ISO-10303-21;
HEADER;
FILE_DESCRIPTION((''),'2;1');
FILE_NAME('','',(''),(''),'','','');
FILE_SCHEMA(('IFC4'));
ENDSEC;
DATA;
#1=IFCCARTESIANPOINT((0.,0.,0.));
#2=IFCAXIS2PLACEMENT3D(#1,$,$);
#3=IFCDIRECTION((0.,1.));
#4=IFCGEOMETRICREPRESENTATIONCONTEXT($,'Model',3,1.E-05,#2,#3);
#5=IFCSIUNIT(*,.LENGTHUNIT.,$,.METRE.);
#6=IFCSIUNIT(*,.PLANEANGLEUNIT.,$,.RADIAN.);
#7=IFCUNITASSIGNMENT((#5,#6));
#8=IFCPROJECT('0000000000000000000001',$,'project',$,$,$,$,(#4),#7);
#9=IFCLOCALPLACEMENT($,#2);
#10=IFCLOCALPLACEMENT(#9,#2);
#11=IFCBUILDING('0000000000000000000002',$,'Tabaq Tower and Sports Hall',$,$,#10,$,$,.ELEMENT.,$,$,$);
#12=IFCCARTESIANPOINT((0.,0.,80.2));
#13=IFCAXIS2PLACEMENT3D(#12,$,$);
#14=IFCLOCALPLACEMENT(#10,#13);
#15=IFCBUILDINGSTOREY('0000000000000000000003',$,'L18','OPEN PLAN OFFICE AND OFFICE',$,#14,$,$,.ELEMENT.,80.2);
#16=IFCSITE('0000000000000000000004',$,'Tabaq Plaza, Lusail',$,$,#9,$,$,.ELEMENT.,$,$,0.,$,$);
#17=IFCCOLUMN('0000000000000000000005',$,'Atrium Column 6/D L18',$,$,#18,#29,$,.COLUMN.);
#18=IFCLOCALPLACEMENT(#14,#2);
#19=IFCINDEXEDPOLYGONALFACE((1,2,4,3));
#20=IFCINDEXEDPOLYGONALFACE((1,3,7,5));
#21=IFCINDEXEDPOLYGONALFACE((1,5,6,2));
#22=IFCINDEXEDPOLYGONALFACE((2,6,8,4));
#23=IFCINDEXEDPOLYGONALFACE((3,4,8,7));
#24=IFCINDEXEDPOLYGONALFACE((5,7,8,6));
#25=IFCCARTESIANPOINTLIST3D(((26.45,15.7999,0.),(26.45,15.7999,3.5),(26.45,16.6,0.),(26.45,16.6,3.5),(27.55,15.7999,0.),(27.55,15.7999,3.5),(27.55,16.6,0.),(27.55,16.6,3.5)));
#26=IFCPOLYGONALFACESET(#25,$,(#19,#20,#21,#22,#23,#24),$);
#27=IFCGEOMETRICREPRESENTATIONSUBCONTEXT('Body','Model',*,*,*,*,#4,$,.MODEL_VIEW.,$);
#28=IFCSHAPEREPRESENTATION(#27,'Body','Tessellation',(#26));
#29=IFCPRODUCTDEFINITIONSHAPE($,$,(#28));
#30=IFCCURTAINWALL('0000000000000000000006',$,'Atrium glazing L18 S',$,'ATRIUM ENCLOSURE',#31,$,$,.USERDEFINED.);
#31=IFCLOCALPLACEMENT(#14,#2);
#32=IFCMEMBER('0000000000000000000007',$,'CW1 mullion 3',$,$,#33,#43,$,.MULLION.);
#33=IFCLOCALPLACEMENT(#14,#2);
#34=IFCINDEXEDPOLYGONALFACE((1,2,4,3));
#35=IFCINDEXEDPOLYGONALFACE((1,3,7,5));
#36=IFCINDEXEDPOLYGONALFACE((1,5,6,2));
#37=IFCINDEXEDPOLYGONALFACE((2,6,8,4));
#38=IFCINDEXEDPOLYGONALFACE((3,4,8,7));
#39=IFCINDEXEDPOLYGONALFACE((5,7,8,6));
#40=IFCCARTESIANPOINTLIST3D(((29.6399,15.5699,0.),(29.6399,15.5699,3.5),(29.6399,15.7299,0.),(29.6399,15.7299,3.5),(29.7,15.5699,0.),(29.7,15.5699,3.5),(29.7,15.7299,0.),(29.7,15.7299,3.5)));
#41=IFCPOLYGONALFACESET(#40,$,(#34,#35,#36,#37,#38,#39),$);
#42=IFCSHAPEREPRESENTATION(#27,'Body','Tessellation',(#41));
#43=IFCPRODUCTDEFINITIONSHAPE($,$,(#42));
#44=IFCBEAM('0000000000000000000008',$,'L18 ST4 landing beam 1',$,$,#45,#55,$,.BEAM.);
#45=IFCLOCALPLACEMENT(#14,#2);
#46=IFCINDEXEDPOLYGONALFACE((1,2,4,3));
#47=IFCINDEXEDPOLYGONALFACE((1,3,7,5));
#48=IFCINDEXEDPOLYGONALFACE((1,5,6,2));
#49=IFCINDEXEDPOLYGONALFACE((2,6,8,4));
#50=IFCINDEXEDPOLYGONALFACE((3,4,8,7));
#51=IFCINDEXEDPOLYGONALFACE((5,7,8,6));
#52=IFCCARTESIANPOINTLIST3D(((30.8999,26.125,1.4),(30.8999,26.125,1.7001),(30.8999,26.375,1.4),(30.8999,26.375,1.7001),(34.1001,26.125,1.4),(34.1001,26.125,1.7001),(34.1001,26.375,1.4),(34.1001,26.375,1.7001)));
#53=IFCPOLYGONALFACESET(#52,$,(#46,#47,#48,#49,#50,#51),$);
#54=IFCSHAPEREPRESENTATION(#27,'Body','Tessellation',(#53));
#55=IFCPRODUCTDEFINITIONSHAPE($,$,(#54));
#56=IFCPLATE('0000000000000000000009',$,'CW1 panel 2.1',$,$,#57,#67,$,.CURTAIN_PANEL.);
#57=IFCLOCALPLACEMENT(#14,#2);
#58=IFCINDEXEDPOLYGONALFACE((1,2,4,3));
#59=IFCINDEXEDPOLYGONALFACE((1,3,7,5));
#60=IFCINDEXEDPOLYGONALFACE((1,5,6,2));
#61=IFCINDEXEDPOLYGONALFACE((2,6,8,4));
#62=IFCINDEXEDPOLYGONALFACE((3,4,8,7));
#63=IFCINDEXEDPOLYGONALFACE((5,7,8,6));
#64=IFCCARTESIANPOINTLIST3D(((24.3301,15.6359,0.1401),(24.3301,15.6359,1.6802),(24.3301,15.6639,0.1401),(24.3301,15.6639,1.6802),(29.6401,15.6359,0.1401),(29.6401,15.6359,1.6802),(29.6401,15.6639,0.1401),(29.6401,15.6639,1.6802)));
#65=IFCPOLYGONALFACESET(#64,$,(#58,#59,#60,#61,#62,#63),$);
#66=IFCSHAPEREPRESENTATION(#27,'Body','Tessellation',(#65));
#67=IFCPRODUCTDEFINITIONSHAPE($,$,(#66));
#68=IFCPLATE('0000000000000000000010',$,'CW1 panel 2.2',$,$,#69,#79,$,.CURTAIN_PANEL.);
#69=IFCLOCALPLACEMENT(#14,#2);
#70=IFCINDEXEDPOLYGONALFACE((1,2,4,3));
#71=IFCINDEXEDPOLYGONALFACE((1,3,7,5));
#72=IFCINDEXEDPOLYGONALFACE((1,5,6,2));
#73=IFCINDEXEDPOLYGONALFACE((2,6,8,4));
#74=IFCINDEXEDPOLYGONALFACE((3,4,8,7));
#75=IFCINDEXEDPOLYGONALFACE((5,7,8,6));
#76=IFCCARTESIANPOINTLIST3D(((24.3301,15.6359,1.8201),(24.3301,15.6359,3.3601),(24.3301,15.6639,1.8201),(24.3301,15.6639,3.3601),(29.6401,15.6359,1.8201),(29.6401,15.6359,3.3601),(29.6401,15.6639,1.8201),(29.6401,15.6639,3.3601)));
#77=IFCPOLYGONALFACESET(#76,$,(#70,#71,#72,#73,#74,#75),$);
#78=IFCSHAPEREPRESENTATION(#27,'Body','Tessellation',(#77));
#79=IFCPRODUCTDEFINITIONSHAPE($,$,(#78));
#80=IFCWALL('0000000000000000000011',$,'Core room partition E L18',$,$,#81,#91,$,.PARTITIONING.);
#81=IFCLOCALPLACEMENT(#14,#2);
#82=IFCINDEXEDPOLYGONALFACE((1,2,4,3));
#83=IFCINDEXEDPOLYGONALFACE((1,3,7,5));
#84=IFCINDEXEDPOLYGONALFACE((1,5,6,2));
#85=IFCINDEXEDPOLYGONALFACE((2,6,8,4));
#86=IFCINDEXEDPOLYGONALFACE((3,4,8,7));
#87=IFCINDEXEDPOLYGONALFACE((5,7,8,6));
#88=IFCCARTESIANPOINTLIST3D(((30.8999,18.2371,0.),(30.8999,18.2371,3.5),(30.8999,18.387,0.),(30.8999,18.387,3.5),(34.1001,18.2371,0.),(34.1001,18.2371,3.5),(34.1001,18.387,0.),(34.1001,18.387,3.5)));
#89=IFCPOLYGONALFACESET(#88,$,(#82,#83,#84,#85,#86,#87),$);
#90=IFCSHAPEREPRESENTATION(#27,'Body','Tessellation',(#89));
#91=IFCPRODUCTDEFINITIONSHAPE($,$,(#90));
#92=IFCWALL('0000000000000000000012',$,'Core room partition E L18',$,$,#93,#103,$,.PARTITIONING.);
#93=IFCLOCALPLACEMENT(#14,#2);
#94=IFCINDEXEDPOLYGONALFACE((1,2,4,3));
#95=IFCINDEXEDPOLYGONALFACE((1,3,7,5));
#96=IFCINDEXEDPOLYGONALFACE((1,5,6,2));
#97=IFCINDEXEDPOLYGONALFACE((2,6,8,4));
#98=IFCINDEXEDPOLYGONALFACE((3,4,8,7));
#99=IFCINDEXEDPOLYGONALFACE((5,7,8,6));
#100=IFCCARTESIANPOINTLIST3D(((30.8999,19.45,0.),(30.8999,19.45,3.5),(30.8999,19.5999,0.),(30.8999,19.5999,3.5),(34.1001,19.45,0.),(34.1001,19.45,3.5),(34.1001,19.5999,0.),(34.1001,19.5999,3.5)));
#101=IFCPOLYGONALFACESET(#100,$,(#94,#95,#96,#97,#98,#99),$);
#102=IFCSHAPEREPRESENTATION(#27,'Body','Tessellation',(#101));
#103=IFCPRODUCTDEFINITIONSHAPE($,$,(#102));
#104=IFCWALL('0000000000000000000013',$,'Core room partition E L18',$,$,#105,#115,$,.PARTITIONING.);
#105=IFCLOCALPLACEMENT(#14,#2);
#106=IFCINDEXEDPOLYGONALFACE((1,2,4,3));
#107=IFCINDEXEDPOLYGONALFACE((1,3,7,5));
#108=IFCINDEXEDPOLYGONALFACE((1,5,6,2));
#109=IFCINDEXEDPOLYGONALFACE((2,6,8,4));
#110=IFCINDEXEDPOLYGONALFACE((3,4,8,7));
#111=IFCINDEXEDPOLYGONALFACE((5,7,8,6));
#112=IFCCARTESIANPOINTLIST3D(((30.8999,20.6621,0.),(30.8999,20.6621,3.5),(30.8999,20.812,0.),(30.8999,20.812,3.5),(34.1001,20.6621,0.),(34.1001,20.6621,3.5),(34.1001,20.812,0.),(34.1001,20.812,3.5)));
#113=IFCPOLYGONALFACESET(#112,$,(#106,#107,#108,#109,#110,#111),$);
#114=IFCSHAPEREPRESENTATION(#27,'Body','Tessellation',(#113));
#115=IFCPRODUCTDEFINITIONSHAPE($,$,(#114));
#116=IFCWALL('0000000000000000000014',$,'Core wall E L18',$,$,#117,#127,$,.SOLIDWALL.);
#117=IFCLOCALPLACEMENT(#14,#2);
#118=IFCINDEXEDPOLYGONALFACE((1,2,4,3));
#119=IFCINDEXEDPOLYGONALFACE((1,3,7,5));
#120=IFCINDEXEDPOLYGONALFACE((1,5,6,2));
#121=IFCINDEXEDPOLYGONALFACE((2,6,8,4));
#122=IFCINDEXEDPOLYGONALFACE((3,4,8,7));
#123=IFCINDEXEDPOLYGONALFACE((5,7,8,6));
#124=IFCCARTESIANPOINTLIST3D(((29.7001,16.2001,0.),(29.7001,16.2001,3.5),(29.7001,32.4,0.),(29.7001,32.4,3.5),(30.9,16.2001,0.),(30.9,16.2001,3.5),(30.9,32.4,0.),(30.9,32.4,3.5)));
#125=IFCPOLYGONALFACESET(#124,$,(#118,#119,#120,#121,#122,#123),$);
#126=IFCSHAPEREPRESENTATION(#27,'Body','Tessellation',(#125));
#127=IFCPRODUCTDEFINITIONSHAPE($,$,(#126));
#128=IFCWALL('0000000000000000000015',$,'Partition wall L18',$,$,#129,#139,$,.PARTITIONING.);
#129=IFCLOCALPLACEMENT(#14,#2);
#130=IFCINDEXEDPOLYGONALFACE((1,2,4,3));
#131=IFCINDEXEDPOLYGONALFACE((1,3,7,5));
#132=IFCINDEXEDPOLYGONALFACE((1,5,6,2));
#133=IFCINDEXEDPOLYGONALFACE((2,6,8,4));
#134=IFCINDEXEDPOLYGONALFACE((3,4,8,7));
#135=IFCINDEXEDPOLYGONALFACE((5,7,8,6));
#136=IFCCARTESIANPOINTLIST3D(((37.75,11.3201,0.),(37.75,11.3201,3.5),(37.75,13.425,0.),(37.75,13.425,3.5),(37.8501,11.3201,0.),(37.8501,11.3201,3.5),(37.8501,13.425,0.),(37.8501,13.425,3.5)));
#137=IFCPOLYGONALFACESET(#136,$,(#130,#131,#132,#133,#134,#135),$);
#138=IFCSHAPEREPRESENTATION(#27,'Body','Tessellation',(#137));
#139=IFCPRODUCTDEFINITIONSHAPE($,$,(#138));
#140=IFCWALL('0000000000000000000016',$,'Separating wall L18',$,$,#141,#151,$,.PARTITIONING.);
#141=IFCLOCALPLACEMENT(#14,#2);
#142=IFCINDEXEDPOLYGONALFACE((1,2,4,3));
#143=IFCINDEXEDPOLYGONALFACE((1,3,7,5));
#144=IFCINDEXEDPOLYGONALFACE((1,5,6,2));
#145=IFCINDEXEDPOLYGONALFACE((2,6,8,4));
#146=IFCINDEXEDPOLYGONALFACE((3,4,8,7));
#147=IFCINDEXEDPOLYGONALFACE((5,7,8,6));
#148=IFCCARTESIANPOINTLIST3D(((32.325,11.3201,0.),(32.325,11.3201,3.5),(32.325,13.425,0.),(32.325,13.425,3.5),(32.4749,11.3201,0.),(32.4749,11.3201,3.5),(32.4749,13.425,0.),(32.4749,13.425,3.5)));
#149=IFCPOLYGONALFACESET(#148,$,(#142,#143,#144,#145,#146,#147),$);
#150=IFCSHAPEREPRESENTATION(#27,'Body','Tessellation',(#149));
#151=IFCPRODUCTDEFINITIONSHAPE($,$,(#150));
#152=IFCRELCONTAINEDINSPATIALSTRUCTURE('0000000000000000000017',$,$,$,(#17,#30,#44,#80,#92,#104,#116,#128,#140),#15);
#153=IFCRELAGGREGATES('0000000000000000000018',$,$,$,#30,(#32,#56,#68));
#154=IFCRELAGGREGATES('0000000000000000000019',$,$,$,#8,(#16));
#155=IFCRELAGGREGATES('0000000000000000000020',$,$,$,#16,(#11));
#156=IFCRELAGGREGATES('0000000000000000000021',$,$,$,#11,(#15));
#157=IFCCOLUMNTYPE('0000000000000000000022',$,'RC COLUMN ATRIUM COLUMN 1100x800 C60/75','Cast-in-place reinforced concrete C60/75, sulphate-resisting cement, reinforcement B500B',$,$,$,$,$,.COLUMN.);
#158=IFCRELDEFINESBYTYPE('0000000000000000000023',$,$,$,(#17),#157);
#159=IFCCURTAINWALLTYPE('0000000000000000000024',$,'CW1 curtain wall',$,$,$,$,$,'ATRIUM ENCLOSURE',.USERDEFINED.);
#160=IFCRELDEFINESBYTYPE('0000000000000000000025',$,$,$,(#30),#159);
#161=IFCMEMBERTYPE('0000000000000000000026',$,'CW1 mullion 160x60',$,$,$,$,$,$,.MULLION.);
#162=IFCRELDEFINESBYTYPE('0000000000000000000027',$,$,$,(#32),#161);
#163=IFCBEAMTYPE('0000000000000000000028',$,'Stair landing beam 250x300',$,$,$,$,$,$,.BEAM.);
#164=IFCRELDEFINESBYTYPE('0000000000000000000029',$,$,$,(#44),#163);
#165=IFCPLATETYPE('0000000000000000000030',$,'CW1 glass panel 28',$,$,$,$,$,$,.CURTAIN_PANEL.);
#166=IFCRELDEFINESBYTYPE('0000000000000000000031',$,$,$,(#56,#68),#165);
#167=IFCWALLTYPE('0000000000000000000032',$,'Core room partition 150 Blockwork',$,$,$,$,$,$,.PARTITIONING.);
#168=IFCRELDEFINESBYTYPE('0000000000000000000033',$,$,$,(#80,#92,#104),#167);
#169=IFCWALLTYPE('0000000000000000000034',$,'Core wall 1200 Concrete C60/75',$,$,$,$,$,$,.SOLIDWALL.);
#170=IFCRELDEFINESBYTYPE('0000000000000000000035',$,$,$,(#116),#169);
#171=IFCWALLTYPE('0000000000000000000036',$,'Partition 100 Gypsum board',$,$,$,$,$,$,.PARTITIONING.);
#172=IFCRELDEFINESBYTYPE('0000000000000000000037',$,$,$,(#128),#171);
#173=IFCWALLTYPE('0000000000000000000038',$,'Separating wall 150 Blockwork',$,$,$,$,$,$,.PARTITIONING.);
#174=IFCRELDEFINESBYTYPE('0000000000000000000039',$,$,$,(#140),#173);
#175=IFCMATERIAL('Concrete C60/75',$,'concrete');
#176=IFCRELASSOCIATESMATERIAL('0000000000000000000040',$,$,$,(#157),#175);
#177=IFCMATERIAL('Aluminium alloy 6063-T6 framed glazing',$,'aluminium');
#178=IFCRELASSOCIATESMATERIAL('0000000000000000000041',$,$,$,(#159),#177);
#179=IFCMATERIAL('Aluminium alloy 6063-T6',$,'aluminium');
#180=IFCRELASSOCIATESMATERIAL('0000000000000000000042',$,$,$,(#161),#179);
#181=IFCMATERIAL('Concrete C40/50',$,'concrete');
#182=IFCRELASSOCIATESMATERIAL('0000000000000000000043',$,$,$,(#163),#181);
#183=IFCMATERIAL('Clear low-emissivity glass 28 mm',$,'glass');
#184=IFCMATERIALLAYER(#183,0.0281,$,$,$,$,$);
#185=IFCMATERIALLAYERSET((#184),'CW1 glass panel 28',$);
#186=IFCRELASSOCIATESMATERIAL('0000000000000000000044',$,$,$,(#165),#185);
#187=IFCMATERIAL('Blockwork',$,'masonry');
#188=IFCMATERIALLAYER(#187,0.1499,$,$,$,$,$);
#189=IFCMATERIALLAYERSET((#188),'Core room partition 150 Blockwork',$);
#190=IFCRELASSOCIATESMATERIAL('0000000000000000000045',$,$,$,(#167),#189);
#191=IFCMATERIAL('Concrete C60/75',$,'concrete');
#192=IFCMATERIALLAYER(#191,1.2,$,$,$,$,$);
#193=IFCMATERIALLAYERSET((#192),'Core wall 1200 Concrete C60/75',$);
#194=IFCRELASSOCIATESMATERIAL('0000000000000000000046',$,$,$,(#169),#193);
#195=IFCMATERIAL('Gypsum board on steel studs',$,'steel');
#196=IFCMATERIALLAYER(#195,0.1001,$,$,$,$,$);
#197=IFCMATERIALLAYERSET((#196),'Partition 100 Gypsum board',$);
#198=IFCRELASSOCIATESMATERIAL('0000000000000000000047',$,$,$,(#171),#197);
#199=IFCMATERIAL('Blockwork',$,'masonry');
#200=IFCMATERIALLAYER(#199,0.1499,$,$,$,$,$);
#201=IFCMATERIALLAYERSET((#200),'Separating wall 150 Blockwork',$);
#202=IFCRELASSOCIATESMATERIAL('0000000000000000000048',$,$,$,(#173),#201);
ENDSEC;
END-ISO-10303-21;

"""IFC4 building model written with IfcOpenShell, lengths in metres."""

from ifc_helpers import new_model, si_unit, direction, frame, frame_2d, origin, origin_2d, place, context, subcontext, project, spatial, rectangle, extrude, material, layer, layer_set, material_profile, profile_set, type_object, element, aggregate, save


model = new_model("IFC4")

# Units and contexts
model_context = context("Model", 3, precision=1e-05, world=origin(), true_north=direction((0.0, 1.0)))
body_context = subcontext(model_context, "Body", "Model", "MODEL_VIEW")
ifc_project = project(units=[si_unit("LENGTHUNIT", "METRE"), si_unit("PLANEANGLEUNIT", "RADIAN")], contexts=[model_context])

# Site, building, storey
site_placement = place(None, origin())
site = spatial("IfcSite", under=ifc_project, at=site_placement, Name="Tabaq Plaza, Lusail", CompositionType="ELEMENT", RefElevation=0.0)
building_placement = place(site_placement, origin())
building = spatial("IfcBuilding", under=site, at=building_placement, Name="Tabaq Tower and Sports Hall", CompositionType="ELEMENT")
storey_placement = place(building_placement, frame((0.0, 0.0, 80.2)))
storey = spatial("IfcBuildingStorey", under=building, at=storey_placement, Name="L18", Description="OPEN PLAN OFFICE AND OFFICE", CompositionType="ELEMENT", Elevation=80.2)

# Column
ifc_material_1 = material(Name="Concrete C60/75", Category="concrete")
ifc_material_profile_1 = material_profile(ifc_material_1, rectangle(XDim=1.1001, YDim=0.8, at=origin_2d()), Name="ATRIUM COLUMN 1100x800")
ifc_profile_set_1 = profile_set([ifc_material_profile_1], Name="Concrete C60/75")
column_type = type_object("IfcColumnType", Name="RC COLUMN ATRIUM COLUMN 1100x800 C60/75", Description="Cast-in-place reinforced concrete C60/75, sulphate-resisting cement, reinforcement B500B", PredefinedType="COLUMN", material=ifc_profile_set_1)
column_placement = place(storey_placement, frame((27.0, 16.2, 0.0), z_axis=(0.0, 0.0, 1.0), x_axis=(1.0, 0.0, 0.0)))
element("IfcColumn", 1, at=column_placement, inside=storey, type_object=column_type, Name="Atrium Column 6/D L18", PredefinedType="COLUMN", context=body_context, shape_type="SweptSolid", body=[
    extrude(rectangle(XDim=1.1001, YDim=0.8, at=origin_2d()), origin(), (0.0, 0.0, 1.0), 3.5),
])

# Curtain wall, member
ifc_material_2 = material(Name="Aluminium alloy 6063-T6 framed glazing", Category="aluminium")
curtain_wall_type = type_object("IfcCurtainWallType", Name="CW1 curtain wall", ElementType="ATRIUM ENCLOSURE", PredefinedType="USERDEFINED", material=ifc_material_2)
curtain_wall_placement = place(storey_placement, origin())
curtain_wall = element("IfcCurtainWall", 2, at=curtain_wall_placement, inside=storey, type_object=curtain_wall_type, Name="Atrium glazing L18 S", ObjectType="ATRIUM ENCLOSURE", PredefinedType="USERDEFINED")
ifc_material_3 = material(Name="Aluminium alloy 6063-T6", Category="aluminium")
ifc_material_profile_2 = material_profile(ifc_material_3, rectangle(XDim=0.1599, YDim=0.0601, at=origin_2d()), Name="MULLION 160x60")
ifc_profile_set_2 = profile_set([ifc_material_profile_2], Name="Aluminium alloy 6063-T6")
member_type = type_object("IfcMemberType", Name="CW1 mullion 160x60", PredefinedType="MULLION", material=ifc_profile_set_2)
member_placement = place(storey_placement, frame((29.6699, 15.6499, 0.0), z_axis=(0.0, 0.0, 1.0), x_axis=(0.0, 1.0, 0.0)))
member = element("IfcMember", 3, at=member_placement, type_object=member_type, Name="CW1 mullion 3", PredefinedType="MULLION", context=body_context, shape_type="SweptSolid", body=[
    extrude(rectangle(XDim=0.1599, YDim=0.0601, at=origin_2d()), origin(), (0.0, 0.0, 1.0), 3.5),
])

# Beam
ifc_material_4 = material(Name="Concrete C40/50", Category="concrete")
ifc_material_profile_3 = material_profile(ifc_material_4, rectangle(XDim=0.25, YDim=0.3, at=origin_2d()), Name="RC 250x300")
ifc_profile_set_3 = profile_set([ifc_material_profile_3], Name="Concrete C40/50")
beam_type = type_object("IfcBeamType", Name="Stair landing beam 250x300", PredefinedType="BEAM", material=ifc_profile_set_3)
beam_placement = place(storey_placement, frame((30.8999, 26.25, 1.55), z_axis=(1.0, 0.0, 0.0), x_axis=(0.0, 1.0, 0.0)))
element("IfcBeam", 4, at=beam_placement, inside=storey, type_object=beam_type, Name="L18 ST4 landing beam 1", PredefinedType="BEAM", context=body_context, shape_type="SweptSolid", body=[
    extrude(rectangle(XDim=0.25, YDim=0.3, at=origin_2d()), origin(), (0.0, 0.0, 1.0), 3.2002),
])

# Plates
ifc_material_5 = material(Name="Clear low-emissivity glass 28 mm", Category="glass")
ifc_layer_1 = layer(ifc_material_5, 0.0281)
ifc_layer_set_1 = layer_set([ifc_layer_1], Name="CW1 glass panel 28")
plate_type = type_object("IfcPlateType", Name="CW1 glass panel 28", PredefinedType="CURTAIN_PANEL", material=ifc_layer_set_1)
plate_1_placement = place(storey_placement, frame((26.9851, 15.6499, 0.1401), z_axis=(0.0, 0.0, 1.0), x_axis=(1.0, 0.0, 0.0)))
plate_1 = element("IfcPlate", 5, at=plate_1_placement, type_object=plate_type, Name="CW1 panel 2.1", PredefinedType="CURTAIN_PANEL", context=body_context, shape_type="SweptSolid", body=[
    extrude(rectangle(XDim=5.3101, YDim=0.0281, at=origin_2d()), origin(), (0.0, 0.0, 1.0), 1.54),
])
plate_2_placement = place(storey_placement, frame((26.9851, 15.6499, 1.8201), z_axis=(0.0, 0.0, 1.0), x_axis=(1.0, 0.0, 0.0)))
plate_2 = element("IfcPlate", 6, at=plate_2_placement, type_object=plate_type, Name="CW1 panel 2.2", PredefinedType="CURTAIN_PANEL", context=body_context, shape_type="SweptSolid", body=[
    extrude(rectangle(XDim=5.3101, YDim=0.0281, at=origin_2d()), origin(), (0.0, 0.0, 1.0), 1.54),
])
aggregate(curtain_wall, [member, plate_1, plate_2])

# Walls
ifc_material_6 = material(Name="Blockwork", Category="masonry")
ifc_layer_2 = layer(ifc_material_6, 0.1499)
ifc_layer_set_2 = layer_set([ifc_layer_2], Name="Core room partition 150 Blockwork")
wall_type_1 = type_object("IfcWallType", Name="Core room partition 150 Blockwork", PredefinedType="PARTITIONING", material=ifc_layer_set_2)
for number, where, z_axis, x_axis, name in (
    (7, (30.8999, 18.312, 0.0), (0.0, 0.0, 1.0), (1.0, 0.0, 0.0), "Core room partition E L18"),
    (8, (30.8999, 19.5249, 0.0), (0.0, 0.0, 1.0), (1.0, 0.0, 0.0), "Core room partition E L18"),
    (9, (30.8999, 20.7371, 0.0), (0.0, 0.0, 1.0), (1.0, 0.0, 0.0), "Core room partition E L18"),
):
    element("IfcWall", number, at=place(storey_placement, frame(where, z_axis=z_axis, x_axis=x_axis)), inside=storey, type_object=wall_type_1, Name=name, PredefinedType="PARTITIONING", context=body_context, shape_type="SweptSolid", body=[
        extrude(rectangle(XDim=3.2002, YDim=0.1499, at=frame_2d((1.6001, 0.0))), origin(), (0.0, 0.0, 1.0), 3.5),
    ])
ifc_material_7 = material(Name="Concrete C60/75", Category="concrete")
ifc_layer_3 = layer(ifc_material_7, 1.2)
ifc_layer_set_3 = layer_set([ifc_layer_3], Name="Core wall 1200 Concrete C60/75")
wall_type_2 = type_object("IfcWallType", Name="Core wall 1200 Concrete C60/75", PredefinedType="SOLIDWALL", material=ifc_layer_set_3)
wall_1_placement = place(storey_placement, frame((30.3, 16.2, 0.0), z_axis=(0.0, 0.0, 1.0), x_axis=(0.0, 1.0, 0.0)))
element("IfcWall", 10, at=wall_1_placement, inside=storey, type_object=wall_type_2, Name="Core wall E L18", PredefinedType="SOLIDWALL", context=body_context, shape_type="SweptSolid", body=[
    extrude(rectangle(XDim=16.2, YDim=1.2, at=frame_2d((8.1001, 0.0))), origin(), (0.0, 0.0, 1.0), 3.5),
])
ifc_material_8 = material(Name="Gypsum board on steel studs", Category="steel")
ifc_layer_4 = layer(ifc_material_8, 0.1001)
ifc_layer_set_4 = layer_set([ifc_layer_4], Name="Partition 100 Gypsum board")
wall_type_3 = type_object("IfcWallType", Name="Partition 100 Gypsum board", PredefinedType="PARTITIONING", material=ifc_layer_set_4)
wall_2_placement = place(storey_placement, frame((37.8, 11.3201, 0.0), z_axis=(0.0, 0.0, 1.0), x_axis=(0.0, 1.0, 0.0)))
element("IfcWall", 11, at=wall_2_placement, inside=storey, type_object=wall_type_3, Name="Partition wall L18", PredefinedType="PARTITIONING", context=body_context, shape_type="SweptSolid", body=[
    extrude(rectangle(XDim=2.105, YDim=0.1001, at=frame_2d((1.0525, 0.0))), origin(), (0.0, 0.0, 1.0), 3.5),
])
ifc_material_9 = material(Name="Blockwork", Category="masonry")
ifc_layer_5 = layer(ifc_material_9, 0.1499)
ifc_layer_set_5 = layer_set([ifc_layer_5], Name="Separating wall 150 Blockwork")
wall_type_4 = type_object("IfcWallType", Name="Separating wall 150 Blockwork", PredefinedType="PARTITIONING", material=ifc_layer_set_5)
wall_3_placement = place(storey_placement, frame((32.3999, 11.3201, 0.0), z_axis=(0.0, 0.0, 1.0), x_axis=(0.0, 1.0, 0.0)))
element("IfcWall", 12, at=wall_3_placement, inside=storey, type_object=wall_type_4, Name="Separating wall L18", PredefinedType="PARTITIONING", context=body_context, shape_type="SweptSolid", body=[
    extrude(rectangle(XDim=2.105, YDim=0.1499, at=frame_2d((1.0525, 0.0))), origin(), (0.0, 0.0, 1.0), 3.5),
])

save(model, "model.ifc")
